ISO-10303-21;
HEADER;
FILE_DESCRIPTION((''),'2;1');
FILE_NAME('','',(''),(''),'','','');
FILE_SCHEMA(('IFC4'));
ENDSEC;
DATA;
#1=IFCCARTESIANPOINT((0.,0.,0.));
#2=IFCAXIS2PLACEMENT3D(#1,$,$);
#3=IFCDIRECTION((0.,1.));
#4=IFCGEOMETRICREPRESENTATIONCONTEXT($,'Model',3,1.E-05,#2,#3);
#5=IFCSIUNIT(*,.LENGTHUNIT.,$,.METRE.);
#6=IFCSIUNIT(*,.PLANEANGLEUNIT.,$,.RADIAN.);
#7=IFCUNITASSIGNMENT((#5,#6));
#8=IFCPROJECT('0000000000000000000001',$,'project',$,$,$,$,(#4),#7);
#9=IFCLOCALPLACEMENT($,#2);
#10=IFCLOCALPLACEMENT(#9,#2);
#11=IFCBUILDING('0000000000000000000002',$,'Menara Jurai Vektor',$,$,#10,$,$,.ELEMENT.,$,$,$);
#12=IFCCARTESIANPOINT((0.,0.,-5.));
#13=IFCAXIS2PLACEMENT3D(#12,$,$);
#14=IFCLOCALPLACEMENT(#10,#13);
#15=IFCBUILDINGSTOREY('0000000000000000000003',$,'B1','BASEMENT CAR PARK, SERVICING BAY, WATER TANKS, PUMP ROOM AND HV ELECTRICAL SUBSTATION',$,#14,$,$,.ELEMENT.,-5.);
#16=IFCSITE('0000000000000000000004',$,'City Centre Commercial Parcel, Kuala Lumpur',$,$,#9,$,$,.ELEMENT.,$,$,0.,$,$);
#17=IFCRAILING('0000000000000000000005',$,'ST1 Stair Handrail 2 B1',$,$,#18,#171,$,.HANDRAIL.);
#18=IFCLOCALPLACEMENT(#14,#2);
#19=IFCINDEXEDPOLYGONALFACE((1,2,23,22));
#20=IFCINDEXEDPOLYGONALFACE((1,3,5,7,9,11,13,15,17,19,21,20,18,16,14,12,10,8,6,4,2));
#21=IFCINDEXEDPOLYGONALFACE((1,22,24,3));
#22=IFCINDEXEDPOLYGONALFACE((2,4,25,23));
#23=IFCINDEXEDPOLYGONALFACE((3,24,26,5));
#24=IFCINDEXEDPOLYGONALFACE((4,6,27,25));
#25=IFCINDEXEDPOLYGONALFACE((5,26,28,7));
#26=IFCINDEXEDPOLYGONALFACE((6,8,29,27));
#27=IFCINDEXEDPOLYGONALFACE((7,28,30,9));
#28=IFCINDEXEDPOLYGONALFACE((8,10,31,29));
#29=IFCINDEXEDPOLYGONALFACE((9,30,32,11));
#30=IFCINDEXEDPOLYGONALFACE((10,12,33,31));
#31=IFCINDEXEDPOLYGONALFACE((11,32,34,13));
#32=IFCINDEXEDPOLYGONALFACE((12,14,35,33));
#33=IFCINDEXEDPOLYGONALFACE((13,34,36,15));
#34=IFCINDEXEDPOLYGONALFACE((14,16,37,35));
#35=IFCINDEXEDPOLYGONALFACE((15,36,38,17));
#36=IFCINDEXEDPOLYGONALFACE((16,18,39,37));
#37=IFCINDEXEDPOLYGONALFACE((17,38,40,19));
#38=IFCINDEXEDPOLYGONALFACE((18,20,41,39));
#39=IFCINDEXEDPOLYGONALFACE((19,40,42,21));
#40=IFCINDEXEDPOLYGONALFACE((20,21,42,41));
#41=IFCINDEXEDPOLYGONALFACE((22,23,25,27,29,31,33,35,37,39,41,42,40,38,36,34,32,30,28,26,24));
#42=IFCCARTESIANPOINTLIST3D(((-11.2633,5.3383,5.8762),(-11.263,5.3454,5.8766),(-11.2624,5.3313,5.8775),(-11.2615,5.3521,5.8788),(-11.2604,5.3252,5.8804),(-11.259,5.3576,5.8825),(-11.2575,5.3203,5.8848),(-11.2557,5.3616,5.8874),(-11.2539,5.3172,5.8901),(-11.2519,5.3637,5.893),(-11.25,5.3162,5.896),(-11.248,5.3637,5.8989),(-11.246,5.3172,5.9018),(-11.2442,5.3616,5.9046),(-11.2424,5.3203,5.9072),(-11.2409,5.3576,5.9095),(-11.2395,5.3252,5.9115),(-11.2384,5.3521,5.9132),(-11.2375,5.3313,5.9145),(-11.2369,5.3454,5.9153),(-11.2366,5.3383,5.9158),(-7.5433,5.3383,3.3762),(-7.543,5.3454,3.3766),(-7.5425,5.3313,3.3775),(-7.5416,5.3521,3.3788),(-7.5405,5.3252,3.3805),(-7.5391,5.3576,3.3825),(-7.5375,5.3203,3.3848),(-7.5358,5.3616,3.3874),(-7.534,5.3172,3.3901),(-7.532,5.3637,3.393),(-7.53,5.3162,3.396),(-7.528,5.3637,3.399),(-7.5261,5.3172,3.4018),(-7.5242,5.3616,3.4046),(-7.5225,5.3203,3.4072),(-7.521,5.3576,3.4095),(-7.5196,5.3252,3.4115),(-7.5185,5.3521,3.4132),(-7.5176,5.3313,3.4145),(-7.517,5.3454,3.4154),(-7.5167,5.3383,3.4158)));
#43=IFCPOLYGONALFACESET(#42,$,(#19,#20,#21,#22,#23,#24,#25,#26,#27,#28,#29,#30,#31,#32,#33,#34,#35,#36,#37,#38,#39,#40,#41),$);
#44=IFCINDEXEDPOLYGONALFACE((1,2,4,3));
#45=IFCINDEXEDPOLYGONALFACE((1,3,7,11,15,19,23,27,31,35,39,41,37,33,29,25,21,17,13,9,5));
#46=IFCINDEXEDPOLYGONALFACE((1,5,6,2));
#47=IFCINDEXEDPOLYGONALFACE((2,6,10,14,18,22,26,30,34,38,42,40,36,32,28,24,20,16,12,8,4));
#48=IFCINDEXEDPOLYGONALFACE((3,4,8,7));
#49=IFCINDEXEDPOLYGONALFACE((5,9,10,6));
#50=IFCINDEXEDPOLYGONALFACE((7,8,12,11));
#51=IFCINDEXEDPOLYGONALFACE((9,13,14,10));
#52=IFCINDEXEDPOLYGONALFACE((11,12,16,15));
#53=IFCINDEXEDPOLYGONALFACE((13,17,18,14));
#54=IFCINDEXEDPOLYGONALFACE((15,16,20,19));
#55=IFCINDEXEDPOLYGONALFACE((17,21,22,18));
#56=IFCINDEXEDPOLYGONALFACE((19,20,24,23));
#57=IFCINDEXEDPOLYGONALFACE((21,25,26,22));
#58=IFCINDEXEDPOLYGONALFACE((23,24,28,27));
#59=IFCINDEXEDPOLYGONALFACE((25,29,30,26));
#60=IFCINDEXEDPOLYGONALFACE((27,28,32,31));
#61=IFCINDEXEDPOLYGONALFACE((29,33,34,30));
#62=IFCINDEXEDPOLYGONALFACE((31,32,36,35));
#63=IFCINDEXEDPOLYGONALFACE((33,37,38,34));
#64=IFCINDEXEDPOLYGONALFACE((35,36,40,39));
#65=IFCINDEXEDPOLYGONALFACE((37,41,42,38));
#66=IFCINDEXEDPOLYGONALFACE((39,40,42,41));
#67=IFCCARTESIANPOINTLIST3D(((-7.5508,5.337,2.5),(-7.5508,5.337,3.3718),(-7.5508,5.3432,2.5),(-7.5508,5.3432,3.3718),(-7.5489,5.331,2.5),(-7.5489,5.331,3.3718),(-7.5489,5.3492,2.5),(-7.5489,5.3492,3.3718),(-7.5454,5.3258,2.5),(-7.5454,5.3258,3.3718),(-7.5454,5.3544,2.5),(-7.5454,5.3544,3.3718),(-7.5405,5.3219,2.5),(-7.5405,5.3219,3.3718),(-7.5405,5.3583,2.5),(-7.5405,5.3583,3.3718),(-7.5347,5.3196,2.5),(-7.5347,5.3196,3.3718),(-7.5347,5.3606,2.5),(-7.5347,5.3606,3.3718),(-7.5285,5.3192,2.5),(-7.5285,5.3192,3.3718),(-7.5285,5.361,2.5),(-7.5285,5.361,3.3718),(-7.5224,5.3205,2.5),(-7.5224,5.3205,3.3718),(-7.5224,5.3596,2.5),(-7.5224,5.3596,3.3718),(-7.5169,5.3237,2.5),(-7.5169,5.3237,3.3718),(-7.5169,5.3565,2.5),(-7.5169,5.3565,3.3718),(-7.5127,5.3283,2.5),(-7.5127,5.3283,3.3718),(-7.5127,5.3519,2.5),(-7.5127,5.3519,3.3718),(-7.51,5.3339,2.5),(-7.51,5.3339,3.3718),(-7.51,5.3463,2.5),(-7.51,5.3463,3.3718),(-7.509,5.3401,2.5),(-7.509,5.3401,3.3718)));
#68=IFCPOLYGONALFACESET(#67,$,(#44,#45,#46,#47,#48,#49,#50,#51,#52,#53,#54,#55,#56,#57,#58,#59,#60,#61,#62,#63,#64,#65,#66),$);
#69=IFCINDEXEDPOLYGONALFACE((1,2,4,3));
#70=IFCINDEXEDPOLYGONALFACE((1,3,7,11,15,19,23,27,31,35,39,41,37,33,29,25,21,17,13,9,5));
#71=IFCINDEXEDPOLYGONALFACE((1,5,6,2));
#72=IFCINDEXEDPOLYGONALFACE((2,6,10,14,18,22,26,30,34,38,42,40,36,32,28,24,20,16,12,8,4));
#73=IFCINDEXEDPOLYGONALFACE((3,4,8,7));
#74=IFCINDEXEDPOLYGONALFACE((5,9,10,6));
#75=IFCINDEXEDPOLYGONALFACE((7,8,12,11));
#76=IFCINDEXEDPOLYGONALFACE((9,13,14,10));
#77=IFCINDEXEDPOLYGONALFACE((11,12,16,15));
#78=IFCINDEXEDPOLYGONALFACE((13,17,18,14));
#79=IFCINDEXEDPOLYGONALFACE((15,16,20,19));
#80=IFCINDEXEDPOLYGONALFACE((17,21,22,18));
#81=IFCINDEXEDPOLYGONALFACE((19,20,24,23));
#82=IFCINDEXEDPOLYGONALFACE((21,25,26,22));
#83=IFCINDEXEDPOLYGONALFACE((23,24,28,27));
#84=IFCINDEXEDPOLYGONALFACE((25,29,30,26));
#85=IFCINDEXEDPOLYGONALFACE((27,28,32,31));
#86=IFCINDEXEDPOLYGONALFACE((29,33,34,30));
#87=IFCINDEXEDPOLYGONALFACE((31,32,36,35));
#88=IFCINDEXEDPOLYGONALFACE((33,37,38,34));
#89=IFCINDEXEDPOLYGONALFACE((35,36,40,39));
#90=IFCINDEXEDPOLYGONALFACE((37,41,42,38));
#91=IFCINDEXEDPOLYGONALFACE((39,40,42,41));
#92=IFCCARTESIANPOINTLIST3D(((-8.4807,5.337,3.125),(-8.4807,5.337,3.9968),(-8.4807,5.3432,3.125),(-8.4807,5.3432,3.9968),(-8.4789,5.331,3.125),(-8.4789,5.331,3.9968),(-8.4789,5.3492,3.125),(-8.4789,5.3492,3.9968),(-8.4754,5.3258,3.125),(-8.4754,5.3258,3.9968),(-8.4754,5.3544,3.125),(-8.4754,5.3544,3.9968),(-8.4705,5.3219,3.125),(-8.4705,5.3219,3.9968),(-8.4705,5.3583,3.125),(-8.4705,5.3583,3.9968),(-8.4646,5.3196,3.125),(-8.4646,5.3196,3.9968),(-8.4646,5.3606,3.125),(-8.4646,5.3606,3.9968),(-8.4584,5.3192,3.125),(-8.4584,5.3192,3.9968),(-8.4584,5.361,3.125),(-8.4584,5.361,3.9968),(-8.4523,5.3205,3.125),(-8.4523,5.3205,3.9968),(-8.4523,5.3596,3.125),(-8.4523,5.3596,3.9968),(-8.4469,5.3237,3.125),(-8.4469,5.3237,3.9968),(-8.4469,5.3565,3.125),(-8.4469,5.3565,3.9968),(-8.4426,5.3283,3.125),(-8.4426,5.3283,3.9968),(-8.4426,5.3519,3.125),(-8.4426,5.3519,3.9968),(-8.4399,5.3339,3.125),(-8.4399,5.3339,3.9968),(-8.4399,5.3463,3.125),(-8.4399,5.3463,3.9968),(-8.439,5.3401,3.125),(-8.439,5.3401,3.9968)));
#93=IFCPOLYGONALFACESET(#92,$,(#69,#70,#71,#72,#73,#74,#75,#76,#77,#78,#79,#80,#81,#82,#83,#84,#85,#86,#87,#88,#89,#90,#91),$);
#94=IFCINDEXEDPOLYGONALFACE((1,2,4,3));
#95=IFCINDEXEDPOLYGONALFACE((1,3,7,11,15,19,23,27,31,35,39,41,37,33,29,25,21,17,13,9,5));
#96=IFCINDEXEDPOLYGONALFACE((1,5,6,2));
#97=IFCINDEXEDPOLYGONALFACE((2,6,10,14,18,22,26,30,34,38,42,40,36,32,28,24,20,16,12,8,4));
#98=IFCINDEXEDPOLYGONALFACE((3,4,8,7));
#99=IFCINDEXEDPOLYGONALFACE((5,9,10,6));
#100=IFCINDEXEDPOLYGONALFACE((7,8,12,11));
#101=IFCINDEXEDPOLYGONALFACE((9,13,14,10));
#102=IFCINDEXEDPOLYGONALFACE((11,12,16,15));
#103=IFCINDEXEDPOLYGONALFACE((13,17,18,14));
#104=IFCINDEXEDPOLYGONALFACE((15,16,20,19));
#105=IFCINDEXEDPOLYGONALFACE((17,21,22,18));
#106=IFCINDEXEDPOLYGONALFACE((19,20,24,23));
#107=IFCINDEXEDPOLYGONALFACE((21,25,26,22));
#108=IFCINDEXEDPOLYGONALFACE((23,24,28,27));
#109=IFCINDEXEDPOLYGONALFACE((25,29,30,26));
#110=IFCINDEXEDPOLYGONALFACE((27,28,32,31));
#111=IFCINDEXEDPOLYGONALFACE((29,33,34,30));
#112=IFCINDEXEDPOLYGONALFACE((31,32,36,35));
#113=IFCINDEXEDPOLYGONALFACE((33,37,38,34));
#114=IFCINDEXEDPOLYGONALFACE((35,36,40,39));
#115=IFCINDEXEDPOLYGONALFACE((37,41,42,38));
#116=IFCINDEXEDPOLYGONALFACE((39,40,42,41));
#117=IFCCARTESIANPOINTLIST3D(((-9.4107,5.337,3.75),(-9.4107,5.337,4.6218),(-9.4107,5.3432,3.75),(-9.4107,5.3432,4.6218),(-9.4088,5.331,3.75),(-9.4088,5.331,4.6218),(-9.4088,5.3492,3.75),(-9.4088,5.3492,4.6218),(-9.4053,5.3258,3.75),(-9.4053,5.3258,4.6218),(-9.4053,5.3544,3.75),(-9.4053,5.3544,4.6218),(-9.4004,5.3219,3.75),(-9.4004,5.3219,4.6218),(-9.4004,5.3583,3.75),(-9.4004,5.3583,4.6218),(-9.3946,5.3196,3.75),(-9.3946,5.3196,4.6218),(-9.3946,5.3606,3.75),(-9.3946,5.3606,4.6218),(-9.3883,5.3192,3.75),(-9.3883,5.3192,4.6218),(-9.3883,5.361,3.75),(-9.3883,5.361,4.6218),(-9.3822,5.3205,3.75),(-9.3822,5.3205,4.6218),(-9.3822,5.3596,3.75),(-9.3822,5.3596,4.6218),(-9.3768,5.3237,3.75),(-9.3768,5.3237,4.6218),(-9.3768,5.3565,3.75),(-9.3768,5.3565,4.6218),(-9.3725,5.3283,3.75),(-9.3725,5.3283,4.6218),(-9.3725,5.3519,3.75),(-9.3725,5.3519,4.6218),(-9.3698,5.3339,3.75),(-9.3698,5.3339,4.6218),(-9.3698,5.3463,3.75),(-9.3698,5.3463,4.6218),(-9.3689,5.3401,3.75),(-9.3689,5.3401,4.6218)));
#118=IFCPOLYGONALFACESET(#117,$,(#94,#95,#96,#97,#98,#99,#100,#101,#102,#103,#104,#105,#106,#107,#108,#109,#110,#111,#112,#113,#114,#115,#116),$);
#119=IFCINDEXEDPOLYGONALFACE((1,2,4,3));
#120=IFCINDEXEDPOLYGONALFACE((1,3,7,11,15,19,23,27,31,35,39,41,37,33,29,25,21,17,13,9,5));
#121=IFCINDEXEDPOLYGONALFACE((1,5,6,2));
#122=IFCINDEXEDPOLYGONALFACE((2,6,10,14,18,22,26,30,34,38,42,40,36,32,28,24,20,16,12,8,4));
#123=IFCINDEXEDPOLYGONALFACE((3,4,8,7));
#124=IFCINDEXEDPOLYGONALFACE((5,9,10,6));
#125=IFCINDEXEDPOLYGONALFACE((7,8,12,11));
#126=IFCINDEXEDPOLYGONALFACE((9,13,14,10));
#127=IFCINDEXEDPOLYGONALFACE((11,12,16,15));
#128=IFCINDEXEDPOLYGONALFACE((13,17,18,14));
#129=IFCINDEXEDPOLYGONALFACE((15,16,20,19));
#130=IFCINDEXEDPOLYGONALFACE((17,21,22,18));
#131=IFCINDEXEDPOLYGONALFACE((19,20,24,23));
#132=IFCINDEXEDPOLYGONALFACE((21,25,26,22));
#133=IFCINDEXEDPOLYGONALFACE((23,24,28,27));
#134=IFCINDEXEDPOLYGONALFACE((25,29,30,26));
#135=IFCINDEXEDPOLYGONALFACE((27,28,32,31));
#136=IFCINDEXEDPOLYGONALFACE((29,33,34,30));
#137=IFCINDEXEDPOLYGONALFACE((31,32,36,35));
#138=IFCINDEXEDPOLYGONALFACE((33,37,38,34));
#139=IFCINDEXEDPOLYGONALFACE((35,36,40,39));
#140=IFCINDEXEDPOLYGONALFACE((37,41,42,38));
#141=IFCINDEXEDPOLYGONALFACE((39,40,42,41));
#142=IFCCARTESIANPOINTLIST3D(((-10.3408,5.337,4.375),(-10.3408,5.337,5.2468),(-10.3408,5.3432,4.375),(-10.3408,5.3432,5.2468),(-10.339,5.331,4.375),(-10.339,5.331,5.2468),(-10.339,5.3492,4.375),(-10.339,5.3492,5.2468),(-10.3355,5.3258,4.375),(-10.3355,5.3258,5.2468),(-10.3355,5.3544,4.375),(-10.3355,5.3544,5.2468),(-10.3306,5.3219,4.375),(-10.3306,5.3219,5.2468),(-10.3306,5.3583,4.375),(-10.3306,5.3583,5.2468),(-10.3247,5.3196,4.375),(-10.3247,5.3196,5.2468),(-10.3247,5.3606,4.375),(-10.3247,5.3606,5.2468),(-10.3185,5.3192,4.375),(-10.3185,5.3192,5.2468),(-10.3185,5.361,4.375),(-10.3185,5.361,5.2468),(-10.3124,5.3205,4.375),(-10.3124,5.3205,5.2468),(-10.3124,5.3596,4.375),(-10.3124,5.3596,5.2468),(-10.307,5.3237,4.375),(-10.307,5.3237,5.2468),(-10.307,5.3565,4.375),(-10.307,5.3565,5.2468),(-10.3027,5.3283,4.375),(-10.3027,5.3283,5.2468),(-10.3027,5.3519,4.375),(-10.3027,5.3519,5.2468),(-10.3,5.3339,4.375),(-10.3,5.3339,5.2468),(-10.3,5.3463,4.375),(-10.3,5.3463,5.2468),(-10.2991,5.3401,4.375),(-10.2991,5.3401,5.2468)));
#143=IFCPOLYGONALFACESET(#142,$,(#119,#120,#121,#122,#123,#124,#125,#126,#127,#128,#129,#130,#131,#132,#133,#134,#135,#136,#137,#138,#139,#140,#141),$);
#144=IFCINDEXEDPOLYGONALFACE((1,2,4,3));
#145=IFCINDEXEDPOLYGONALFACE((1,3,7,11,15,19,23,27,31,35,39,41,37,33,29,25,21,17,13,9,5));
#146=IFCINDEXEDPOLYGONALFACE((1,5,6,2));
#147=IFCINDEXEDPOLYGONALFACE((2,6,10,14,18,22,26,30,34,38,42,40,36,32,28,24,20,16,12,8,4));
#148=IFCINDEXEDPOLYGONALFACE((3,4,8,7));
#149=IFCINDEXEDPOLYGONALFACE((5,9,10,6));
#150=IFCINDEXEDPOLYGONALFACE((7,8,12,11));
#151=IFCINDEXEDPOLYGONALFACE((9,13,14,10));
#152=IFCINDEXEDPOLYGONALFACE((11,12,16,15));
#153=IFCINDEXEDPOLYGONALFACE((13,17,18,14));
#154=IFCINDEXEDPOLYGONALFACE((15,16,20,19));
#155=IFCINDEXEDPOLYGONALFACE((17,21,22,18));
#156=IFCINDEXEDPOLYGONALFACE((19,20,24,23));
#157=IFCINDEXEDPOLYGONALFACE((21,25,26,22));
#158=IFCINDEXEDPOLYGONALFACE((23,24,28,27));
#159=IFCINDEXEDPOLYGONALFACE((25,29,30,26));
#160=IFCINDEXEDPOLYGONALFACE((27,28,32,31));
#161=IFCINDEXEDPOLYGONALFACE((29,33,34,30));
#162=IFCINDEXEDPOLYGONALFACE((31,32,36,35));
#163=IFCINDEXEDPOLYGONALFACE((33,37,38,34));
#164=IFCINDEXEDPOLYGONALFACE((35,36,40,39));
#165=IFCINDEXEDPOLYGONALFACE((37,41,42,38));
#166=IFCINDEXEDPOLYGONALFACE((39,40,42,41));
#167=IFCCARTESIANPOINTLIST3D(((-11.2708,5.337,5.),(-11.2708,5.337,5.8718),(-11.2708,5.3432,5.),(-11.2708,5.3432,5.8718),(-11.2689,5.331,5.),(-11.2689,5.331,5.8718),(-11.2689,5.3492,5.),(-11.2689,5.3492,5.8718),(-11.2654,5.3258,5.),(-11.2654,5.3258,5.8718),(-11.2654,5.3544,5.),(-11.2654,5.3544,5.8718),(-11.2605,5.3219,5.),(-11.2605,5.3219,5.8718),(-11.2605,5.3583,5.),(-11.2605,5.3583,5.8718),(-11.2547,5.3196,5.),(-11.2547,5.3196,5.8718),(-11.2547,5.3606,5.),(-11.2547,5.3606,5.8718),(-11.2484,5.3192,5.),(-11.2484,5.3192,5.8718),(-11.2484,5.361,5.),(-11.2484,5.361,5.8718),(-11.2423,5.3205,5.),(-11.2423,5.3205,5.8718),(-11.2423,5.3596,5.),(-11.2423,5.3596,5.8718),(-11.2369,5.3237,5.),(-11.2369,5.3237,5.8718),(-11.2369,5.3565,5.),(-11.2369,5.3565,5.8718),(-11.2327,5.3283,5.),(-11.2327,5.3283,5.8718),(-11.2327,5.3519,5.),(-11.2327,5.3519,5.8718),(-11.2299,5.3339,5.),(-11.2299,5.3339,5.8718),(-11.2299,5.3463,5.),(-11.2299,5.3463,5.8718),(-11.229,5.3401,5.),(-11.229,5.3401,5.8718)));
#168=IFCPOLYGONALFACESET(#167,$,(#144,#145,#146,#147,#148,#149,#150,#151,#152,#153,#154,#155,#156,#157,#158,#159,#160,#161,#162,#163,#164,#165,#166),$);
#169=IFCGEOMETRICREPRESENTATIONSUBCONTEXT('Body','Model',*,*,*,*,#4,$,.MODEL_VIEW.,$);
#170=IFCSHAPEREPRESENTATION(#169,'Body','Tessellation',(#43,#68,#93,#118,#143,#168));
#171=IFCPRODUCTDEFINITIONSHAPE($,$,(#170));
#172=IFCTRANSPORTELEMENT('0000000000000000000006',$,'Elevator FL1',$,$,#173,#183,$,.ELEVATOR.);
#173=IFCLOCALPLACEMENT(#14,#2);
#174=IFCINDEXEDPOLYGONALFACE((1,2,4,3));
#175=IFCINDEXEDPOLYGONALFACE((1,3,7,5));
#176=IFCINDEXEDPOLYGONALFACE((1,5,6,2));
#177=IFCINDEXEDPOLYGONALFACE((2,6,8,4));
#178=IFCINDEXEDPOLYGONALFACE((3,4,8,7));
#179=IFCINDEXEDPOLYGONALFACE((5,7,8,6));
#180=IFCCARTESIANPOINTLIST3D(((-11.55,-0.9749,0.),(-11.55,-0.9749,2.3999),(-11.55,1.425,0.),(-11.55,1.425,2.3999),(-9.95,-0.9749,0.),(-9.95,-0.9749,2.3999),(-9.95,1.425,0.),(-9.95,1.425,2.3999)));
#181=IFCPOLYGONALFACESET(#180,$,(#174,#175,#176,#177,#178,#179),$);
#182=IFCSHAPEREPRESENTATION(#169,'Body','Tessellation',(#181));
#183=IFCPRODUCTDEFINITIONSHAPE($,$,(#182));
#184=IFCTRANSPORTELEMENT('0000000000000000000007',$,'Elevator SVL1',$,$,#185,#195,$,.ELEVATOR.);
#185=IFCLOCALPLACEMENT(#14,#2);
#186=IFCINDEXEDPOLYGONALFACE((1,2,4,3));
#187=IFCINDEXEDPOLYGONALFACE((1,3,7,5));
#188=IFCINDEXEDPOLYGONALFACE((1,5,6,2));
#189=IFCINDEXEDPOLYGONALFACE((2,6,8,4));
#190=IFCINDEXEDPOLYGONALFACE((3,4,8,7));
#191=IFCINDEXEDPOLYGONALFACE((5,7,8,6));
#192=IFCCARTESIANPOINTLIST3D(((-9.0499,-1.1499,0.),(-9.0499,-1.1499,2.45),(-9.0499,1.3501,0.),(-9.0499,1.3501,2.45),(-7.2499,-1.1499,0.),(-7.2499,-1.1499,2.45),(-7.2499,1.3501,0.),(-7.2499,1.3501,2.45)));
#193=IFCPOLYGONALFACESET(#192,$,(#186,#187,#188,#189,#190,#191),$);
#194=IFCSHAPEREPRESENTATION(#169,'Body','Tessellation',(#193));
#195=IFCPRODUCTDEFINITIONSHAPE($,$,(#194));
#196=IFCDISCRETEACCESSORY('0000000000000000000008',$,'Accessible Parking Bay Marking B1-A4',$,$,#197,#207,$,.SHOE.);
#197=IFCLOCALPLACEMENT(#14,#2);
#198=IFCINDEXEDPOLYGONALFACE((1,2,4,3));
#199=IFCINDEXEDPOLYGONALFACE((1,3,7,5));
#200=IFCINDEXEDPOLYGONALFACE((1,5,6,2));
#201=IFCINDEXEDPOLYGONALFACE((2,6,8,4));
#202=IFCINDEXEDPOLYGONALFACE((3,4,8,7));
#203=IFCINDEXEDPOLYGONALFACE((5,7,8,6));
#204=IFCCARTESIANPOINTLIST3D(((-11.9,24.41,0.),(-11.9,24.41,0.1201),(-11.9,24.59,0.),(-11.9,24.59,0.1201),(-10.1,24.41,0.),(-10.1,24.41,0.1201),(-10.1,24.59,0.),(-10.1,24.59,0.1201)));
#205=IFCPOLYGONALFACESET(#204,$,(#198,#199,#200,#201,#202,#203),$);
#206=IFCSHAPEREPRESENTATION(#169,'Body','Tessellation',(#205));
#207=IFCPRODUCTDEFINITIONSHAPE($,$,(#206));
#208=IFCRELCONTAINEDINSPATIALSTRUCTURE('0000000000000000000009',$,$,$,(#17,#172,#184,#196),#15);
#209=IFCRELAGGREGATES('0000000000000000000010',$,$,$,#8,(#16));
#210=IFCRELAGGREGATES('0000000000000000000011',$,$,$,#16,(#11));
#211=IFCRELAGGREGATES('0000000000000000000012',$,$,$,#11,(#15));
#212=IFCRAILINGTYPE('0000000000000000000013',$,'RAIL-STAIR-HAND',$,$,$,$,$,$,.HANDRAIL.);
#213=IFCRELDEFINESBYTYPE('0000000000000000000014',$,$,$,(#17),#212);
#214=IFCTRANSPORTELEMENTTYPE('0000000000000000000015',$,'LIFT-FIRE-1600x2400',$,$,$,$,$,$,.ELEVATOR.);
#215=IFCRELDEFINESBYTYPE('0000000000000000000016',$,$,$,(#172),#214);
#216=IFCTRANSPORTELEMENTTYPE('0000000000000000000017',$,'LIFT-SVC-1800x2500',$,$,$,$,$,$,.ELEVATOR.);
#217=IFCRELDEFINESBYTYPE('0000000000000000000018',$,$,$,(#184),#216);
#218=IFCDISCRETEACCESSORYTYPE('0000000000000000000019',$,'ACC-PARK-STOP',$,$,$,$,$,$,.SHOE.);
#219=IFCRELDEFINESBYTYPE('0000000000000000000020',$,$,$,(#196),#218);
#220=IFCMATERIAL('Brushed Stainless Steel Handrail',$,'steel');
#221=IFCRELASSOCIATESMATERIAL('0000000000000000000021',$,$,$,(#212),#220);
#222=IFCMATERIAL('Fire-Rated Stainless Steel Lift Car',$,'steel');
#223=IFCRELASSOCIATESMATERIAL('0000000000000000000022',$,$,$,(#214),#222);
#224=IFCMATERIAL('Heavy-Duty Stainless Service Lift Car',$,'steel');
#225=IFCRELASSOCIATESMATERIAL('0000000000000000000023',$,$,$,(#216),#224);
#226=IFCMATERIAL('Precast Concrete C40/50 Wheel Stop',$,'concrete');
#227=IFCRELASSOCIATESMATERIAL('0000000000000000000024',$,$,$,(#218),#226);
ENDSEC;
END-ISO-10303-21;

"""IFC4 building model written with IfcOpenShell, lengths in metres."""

from ifc_helpers import new_model, si_unit, direction, frame, origin, origin_2d, place, context, subcontext, project, spatial, rectangle, circle, extrude, material, type_object, element, save


model = new_model("IFC4")

# Units and contexts
model_context = context("Model", 3, precision=1e-05, world=origin(), true_north=direction((0.0, 1.0)))
body_context = subcontext(model_context, "Body", "Model", "MODEL_VIEW")
ifc_project = project(units=[si_unit("LENGTHUNIT", "METRE"), si_unit("PLANEANGLEUNIT", "RADIAN")], contexts=[model_context])

# Site, building, storey
site_placement = place(None, origin())
site = spatial("IfcSite", under=ifc_project, at=site_placement, Name="City Centre Commercial Parcel, Kuala Lumpur", CompositionType="ELEMENT", RefElevation=0.0)
building_placement = place(site_placement, origin())
building = spatial("IfcBuilding", under=site, at=building_placement, Name="Menara Jurai Vektor", CompositionType="ELEMENT")
storey_placement = place(building_placement, frame((0.0, 0.0, -5.0)))
storey = spatial("IfcBuildingStorey", under=building, at=storey_placement, Name="B1", Description="BASEMENT CAR PARK, SERVICING BAY, WATER TANKS, PUMP ROOM AND HV ELECTRICAL SUBSTATION", CompositionType="ELEMENT", Elevation=-5.0)

# Railing
ifc_material_1 = material(Name="Brushed Stainless Steel Handrail", Category="steel")
railing_type_1 = type_object("IfcRailingType", Name="RAIL-STAIR-HAND", PredefinedType="HANDRAIL", material=ifc_material_1)
railing_1_placement = place(storey_placement, frame((-7.53, 5.3401, 2.5)))
element("IfcRailing", 1, at=railing_1_placement, inside=storey, type_object=railing_type_1, Name="ST1 Stair Handrail 2 B1", PredefinedType="HANDRAIL", context=body_context, shape_type="SweptSolid", body=[
    extrude(circle(Radius=0.0239, at=origin_2d()), frame((0.0, 0.0, 0.896), z_axis=(-0.829983, 0.0, 0.557789), x_axis=(0.0, -1.0, 0.0)), (0.0, 0.0, 1.0), 4.4819),
    extrude(circle(Radius=0.021, at=origin_2d()), origin(), (0.0, 0.0, 1.0), 0.8718),
    extrude(circle(Radius=0.021, at=origin_2d()), frame((-0.9299, 0.0, 0.625)), (0.0, 0.0, 1.0), 0.8718),
    extrude(circle(Radius=0.021, at=origin_2d()), frame((-1.8599, 0.0, 1.25)), (0.0, 0.0, 1.0), 0.8718),
    extrude(circle(Radius=0.021, at=origin_2d()), frame((-2.79, 0.0, 1.875)), (0.0, 0.0, 1.0), 0.8718),
    extrude(circle(Radius=0.021, at=origin_2d()), frame((-3.72, 0.0, 2.5)), (0.0, 0.0, 1.0), 0.8718),
])

# Transport elements
ifc_material_2 = material(Name="Fire-Rated Stainless Steel Lift Car", Category="steel")
transport_element_type_1 = type_object("IfcTransportElementType", Name="LIFT-FIRE-1600x2400", PredefinedType="ELEVATOR", material=ifc_material_2)
transport_element_1_placement = place(storey_placement, frame((-10.75, 0.2251, 0.0), z_axis=(0.0, 0.0, 1.0), x_axis=(1.0, 0.0, 0.0)))
element("IfcTransportElement", 2, at=transport_element_1_placement, inside=storey, type_object=transport_element_type_1, Name="Elevator FL1", PredefinedType="ELEVATOR", context=body_context, shape_type="SweptSolid", body=[
    extrude(rectangle(XDim=1.6001, YDim=2.3999, at=origin_2d()), origin(), (0.0, 0.0, 1.0), 2.3999),
])
ifc_material_3 = material(Name="Heavy-Duty Stainless Service Lift Car", Category="steel")
transport_element_type_2 = type_object("IfcTransportElementType", Name="LIFT-SVC-1800x2500", PredefinedType="ELEVATOR", material=ifc_material_3)
transport_element_2_placement = place(storey_placement, frame((-8.1499, 0.1001, 0.0), z_axis=(0.0, 0.0, 1.0), x_axis=(1.0, 0.0, 0.0)))
element("IfcTransportElement", 3, at=transport_element_2_placement, inside=storey, type_object=transport_element_type_2, Name="Elevator SVL1", PredefinedType="ELEVATOR", context=body_context, shape_type="SweptSolid", body=[
    extrude(rectangle(XDim=1.8, YDim=2.5, at=origin_2d()), origin(), (0.0, 0.0, 1.0), 2.45),
])

# Discrete accessory
ifc_material_4 = material(Name="Precast Concrete C40/50 Wheel Stop", Category="concrete")
discrete_accessory_type = type_object("IfcDiscreteAccessoryType", Name="ACC-PARK-STOP", PredefinedType="SHOE", material=ifc_material_4)
for number, where, z_axis, x_axis, name in (
    (4, (-11.0, 24.5, 0.0), (0.0, 0.0, 1.0), (1.0, 0.0, 0.0), "Accessible Parking Bay Marking B1-A4"),
):
    element("IfcDiscreteAccessory", number, at=place(storey_placement, frame(where, z_axis=z_axis, x_axis=x_axis)), inside=storey, type_object=discrete_accessory_type, Name=name, PredefinedType="SHOE", context=body_context, shape_type="SweptSolid", body=[
        extrude(rectangle(XDim=1.8, YDim=0.1799, at=origin_2d()), origin(), (0.0, 0.0, 1.0), 0.1201),
    ])

save(model, "model.ifc")
